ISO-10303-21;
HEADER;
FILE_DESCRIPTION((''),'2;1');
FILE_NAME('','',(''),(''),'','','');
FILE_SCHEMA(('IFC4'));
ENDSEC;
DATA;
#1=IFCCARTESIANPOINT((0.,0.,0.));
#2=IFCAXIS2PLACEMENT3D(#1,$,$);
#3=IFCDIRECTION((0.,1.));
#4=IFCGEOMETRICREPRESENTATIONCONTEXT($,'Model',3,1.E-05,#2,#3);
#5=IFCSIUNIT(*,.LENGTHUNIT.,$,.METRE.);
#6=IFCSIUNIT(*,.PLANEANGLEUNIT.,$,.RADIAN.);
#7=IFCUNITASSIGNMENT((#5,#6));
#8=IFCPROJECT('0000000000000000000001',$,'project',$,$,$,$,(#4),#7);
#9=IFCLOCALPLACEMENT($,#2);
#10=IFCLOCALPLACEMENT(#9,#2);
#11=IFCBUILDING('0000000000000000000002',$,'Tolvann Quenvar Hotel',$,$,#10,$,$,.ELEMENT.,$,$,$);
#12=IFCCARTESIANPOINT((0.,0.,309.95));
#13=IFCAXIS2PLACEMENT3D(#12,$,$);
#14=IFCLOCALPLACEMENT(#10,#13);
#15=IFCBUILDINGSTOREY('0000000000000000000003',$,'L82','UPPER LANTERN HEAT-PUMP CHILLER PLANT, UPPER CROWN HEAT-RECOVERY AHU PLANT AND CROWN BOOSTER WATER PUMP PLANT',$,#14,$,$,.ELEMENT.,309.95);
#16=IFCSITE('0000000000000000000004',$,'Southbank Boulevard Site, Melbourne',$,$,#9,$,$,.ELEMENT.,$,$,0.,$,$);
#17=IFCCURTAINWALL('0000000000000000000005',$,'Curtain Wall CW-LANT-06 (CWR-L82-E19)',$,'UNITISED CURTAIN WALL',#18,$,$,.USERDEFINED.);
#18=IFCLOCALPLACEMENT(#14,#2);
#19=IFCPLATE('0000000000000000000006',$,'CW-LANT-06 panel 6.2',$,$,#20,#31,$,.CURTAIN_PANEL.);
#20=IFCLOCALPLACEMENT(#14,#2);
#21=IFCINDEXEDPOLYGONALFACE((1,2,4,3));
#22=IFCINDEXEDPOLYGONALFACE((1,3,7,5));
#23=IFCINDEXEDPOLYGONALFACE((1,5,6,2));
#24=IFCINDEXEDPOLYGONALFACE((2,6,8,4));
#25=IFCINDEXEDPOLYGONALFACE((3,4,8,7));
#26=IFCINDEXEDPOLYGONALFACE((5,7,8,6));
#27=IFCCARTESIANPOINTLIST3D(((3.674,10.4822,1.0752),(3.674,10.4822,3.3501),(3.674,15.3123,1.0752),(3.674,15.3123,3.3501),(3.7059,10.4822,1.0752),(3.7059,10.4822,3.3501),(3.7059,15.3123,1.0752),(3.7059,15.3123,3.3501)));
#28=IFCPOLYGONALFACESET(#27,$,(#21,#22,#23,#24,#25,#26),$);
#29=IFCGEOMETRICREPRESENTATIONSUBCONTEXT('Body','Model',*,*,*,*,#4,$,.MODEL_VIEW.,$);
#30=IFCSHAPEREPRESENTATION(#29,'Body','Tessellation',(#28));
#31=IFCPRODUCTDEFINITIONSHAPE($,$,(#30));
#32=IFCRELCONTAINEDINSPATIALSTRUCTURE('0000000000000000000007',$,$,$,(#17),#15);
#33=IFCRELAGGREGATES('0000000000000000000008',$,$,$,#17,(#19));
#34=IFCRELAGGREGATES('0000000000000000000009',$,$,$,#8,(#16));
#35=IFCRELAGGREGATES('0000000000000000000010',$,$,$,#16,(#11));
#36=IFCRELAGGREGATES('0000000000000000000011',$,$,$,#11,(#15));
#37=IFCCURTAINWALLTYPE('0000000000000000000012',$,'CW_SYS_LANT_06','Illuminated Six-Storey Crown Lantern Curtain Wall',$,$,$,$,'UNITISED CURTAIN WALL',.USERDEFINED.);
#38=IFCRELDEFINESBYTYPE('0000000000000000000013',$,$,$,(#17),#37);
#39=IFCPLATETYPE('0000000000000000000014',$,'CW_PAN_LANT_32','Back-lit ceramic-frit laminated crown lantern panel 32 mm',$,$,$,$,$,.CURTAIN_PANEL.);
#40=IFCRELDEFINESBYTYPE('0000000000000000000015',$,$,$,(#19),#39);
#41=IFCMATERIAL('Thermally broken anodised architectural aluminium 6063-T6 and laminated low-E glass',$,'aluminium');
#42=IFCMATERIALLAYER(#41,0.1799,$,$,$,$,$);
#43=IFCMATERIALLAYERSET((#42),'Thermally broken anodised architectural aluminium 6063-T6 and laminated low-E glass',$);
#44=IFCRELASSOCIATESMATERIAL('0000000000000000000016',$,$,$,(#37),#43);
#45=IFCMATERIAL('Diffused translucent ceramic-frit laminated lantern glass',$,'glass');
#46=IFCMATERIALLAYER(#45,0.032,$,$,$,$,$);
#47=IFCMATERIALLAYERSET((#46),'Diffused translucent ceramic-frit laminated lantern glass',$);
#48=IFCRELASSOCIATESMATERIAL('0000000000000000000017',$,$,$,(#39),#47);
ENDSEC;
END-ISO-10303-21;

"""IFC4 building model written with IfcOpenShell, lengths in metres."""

from ifc_helpers import new_model, si_unit, direction, frame, origin, origin_2d, place, context, subcontext, project, spatial, rectangle, extrude, source, transform, mapped, material, layer, layer_set, type_object, element, aggregate, save


model = new_model("IFC4")

# Units and contexts
model_context = context("Model", 3, precision=1e-05, world=origin(), true_north=direction((0.0, 1.0)))
body_context = subcontext(model_context, "Body", "Model", "MODEL_VIEW")
ifc_project = project(units=[si_unit("LENGTHUNIT", "METRE"), si_unit("PLANEANGLEUNIT", "RADIAN")], contexts=[model_context])

# Site, building, storey
site_placement = place(None, origin())
site = spatial("IfcSite", under=ifc_project, at=site_placement, Name="Southbank Boulevard Site, Melbourne", CompositionType="ELEMENT", RefElevation=0.0)
building_placement = place(site_placement, origin())
building = spatial("IfcBuilding", under=site, at=building_placement, Name="Tolvann Quenvar Hotel", CompositionType="ELEMENT")
storey_placement = place(building_placement, frame((0.0, 0.0, 309.95)))
storey = spatial("IfcBuildingStorey", under=building, at=storey_placement, Name="L82", Description="UPPER LANTERN HEAT-PUMP CHILLER PLANT, UPPER CROWN HEAT-RECOVERY AHU PLANT AND CROWN BOOSTER WATER PUMP PLANT", CompositionType="ELEMENT", Elevation=309.95)

# Curtain wall
ifc_material_1 = material(Name="Thermally broken anodised architectural aluminium 6063-T6 and laminated low-E glass", Category="aluminium")
ifc_layer_1 = layer(ifc_material_1, 0.1799)
ifc_layer_set_1 = layer_set([ifc_layer_1], Name="Thermally broken anodised architectural aluminium 6063-T6 and laminated low-E glass")
curtain_wall_type = type_object("IfcCurtainWallType", Name="CW_SYS_LANT_06", Description="Illuminated Six-Storey Crown Lantern Curtain Wall", ElementType="UNITISED CURTAIN WALL", PredefinedType="USERDEFINED", material=ifc_layer_set_1)
curtain_wall_1_placement = place(storey_placement, origin())
curtain_wall_1 = element("IfcCurtainWall", 1, at=curtain_wall_1_placement, inside=storey, type_object=curtain_wall_type, Name="Curtain Wall CW-LANT-06 (CWR-L82-E19)", ObjectType="UNITISED CURTAIN WALL", PredefinedType="USERDEFINED")

# Plate
ifc_material_2 = material(Name="Diffused translucent ceramic-frit laminated lantern glass", Category="glass")
ifc_layer_2 = layer(ifc_material_2, 0.032)
ifc_layer_set_2 = layer_set([ifc_layer_2], Name="Diffused translucent ceramic-frit laminated lantern glass")
plate_type_1 = type_object("IfcPlateType", Name="CW_PAN_LANT_32", Description="Back-lit ceramic-frit laminated crown lantern panel 32 mm", PredefinedType="CURTAIN_PANEL", material=ifc_layer_set_2)
shared_shape_1 = source(origin(), body_context, "Body", "SweptSolid", [
    extrude(rectangle(XDim=4.8301, YDim=0.032, at=origin_2d()), origin(), (0.0, 0.0, 1.0), 2.2749),
])
plate_1_placement = place(storey_placement, frame((3.6899, 12.8972, 1.0752), z_axis=(0.0, 0.0, 1.0), x_axis=(0.0, -1.0, 0.0)))
plate_1 = element("IfcPlate", 2, at=plate_1_placement, type_object=plate_type_1, Name="CW-LANT-06 panel 6.2", PredefinedType="CURTAIN_PANEL", context=body_context, shape_type="MappedRepresentation", body=[
    mapped(shared_shape_1, transform((0.0, 0.0, 0.0), x_axis=(1.0, 0.0, 0.0), y_axis=(0.0, 1.0, 0.0), z_axis=(0.0, 0.0, 1.0), scale=1.0)),
])
aggregate(curtain_wall_1, [plate_1])

save(model, "model.ifc")
